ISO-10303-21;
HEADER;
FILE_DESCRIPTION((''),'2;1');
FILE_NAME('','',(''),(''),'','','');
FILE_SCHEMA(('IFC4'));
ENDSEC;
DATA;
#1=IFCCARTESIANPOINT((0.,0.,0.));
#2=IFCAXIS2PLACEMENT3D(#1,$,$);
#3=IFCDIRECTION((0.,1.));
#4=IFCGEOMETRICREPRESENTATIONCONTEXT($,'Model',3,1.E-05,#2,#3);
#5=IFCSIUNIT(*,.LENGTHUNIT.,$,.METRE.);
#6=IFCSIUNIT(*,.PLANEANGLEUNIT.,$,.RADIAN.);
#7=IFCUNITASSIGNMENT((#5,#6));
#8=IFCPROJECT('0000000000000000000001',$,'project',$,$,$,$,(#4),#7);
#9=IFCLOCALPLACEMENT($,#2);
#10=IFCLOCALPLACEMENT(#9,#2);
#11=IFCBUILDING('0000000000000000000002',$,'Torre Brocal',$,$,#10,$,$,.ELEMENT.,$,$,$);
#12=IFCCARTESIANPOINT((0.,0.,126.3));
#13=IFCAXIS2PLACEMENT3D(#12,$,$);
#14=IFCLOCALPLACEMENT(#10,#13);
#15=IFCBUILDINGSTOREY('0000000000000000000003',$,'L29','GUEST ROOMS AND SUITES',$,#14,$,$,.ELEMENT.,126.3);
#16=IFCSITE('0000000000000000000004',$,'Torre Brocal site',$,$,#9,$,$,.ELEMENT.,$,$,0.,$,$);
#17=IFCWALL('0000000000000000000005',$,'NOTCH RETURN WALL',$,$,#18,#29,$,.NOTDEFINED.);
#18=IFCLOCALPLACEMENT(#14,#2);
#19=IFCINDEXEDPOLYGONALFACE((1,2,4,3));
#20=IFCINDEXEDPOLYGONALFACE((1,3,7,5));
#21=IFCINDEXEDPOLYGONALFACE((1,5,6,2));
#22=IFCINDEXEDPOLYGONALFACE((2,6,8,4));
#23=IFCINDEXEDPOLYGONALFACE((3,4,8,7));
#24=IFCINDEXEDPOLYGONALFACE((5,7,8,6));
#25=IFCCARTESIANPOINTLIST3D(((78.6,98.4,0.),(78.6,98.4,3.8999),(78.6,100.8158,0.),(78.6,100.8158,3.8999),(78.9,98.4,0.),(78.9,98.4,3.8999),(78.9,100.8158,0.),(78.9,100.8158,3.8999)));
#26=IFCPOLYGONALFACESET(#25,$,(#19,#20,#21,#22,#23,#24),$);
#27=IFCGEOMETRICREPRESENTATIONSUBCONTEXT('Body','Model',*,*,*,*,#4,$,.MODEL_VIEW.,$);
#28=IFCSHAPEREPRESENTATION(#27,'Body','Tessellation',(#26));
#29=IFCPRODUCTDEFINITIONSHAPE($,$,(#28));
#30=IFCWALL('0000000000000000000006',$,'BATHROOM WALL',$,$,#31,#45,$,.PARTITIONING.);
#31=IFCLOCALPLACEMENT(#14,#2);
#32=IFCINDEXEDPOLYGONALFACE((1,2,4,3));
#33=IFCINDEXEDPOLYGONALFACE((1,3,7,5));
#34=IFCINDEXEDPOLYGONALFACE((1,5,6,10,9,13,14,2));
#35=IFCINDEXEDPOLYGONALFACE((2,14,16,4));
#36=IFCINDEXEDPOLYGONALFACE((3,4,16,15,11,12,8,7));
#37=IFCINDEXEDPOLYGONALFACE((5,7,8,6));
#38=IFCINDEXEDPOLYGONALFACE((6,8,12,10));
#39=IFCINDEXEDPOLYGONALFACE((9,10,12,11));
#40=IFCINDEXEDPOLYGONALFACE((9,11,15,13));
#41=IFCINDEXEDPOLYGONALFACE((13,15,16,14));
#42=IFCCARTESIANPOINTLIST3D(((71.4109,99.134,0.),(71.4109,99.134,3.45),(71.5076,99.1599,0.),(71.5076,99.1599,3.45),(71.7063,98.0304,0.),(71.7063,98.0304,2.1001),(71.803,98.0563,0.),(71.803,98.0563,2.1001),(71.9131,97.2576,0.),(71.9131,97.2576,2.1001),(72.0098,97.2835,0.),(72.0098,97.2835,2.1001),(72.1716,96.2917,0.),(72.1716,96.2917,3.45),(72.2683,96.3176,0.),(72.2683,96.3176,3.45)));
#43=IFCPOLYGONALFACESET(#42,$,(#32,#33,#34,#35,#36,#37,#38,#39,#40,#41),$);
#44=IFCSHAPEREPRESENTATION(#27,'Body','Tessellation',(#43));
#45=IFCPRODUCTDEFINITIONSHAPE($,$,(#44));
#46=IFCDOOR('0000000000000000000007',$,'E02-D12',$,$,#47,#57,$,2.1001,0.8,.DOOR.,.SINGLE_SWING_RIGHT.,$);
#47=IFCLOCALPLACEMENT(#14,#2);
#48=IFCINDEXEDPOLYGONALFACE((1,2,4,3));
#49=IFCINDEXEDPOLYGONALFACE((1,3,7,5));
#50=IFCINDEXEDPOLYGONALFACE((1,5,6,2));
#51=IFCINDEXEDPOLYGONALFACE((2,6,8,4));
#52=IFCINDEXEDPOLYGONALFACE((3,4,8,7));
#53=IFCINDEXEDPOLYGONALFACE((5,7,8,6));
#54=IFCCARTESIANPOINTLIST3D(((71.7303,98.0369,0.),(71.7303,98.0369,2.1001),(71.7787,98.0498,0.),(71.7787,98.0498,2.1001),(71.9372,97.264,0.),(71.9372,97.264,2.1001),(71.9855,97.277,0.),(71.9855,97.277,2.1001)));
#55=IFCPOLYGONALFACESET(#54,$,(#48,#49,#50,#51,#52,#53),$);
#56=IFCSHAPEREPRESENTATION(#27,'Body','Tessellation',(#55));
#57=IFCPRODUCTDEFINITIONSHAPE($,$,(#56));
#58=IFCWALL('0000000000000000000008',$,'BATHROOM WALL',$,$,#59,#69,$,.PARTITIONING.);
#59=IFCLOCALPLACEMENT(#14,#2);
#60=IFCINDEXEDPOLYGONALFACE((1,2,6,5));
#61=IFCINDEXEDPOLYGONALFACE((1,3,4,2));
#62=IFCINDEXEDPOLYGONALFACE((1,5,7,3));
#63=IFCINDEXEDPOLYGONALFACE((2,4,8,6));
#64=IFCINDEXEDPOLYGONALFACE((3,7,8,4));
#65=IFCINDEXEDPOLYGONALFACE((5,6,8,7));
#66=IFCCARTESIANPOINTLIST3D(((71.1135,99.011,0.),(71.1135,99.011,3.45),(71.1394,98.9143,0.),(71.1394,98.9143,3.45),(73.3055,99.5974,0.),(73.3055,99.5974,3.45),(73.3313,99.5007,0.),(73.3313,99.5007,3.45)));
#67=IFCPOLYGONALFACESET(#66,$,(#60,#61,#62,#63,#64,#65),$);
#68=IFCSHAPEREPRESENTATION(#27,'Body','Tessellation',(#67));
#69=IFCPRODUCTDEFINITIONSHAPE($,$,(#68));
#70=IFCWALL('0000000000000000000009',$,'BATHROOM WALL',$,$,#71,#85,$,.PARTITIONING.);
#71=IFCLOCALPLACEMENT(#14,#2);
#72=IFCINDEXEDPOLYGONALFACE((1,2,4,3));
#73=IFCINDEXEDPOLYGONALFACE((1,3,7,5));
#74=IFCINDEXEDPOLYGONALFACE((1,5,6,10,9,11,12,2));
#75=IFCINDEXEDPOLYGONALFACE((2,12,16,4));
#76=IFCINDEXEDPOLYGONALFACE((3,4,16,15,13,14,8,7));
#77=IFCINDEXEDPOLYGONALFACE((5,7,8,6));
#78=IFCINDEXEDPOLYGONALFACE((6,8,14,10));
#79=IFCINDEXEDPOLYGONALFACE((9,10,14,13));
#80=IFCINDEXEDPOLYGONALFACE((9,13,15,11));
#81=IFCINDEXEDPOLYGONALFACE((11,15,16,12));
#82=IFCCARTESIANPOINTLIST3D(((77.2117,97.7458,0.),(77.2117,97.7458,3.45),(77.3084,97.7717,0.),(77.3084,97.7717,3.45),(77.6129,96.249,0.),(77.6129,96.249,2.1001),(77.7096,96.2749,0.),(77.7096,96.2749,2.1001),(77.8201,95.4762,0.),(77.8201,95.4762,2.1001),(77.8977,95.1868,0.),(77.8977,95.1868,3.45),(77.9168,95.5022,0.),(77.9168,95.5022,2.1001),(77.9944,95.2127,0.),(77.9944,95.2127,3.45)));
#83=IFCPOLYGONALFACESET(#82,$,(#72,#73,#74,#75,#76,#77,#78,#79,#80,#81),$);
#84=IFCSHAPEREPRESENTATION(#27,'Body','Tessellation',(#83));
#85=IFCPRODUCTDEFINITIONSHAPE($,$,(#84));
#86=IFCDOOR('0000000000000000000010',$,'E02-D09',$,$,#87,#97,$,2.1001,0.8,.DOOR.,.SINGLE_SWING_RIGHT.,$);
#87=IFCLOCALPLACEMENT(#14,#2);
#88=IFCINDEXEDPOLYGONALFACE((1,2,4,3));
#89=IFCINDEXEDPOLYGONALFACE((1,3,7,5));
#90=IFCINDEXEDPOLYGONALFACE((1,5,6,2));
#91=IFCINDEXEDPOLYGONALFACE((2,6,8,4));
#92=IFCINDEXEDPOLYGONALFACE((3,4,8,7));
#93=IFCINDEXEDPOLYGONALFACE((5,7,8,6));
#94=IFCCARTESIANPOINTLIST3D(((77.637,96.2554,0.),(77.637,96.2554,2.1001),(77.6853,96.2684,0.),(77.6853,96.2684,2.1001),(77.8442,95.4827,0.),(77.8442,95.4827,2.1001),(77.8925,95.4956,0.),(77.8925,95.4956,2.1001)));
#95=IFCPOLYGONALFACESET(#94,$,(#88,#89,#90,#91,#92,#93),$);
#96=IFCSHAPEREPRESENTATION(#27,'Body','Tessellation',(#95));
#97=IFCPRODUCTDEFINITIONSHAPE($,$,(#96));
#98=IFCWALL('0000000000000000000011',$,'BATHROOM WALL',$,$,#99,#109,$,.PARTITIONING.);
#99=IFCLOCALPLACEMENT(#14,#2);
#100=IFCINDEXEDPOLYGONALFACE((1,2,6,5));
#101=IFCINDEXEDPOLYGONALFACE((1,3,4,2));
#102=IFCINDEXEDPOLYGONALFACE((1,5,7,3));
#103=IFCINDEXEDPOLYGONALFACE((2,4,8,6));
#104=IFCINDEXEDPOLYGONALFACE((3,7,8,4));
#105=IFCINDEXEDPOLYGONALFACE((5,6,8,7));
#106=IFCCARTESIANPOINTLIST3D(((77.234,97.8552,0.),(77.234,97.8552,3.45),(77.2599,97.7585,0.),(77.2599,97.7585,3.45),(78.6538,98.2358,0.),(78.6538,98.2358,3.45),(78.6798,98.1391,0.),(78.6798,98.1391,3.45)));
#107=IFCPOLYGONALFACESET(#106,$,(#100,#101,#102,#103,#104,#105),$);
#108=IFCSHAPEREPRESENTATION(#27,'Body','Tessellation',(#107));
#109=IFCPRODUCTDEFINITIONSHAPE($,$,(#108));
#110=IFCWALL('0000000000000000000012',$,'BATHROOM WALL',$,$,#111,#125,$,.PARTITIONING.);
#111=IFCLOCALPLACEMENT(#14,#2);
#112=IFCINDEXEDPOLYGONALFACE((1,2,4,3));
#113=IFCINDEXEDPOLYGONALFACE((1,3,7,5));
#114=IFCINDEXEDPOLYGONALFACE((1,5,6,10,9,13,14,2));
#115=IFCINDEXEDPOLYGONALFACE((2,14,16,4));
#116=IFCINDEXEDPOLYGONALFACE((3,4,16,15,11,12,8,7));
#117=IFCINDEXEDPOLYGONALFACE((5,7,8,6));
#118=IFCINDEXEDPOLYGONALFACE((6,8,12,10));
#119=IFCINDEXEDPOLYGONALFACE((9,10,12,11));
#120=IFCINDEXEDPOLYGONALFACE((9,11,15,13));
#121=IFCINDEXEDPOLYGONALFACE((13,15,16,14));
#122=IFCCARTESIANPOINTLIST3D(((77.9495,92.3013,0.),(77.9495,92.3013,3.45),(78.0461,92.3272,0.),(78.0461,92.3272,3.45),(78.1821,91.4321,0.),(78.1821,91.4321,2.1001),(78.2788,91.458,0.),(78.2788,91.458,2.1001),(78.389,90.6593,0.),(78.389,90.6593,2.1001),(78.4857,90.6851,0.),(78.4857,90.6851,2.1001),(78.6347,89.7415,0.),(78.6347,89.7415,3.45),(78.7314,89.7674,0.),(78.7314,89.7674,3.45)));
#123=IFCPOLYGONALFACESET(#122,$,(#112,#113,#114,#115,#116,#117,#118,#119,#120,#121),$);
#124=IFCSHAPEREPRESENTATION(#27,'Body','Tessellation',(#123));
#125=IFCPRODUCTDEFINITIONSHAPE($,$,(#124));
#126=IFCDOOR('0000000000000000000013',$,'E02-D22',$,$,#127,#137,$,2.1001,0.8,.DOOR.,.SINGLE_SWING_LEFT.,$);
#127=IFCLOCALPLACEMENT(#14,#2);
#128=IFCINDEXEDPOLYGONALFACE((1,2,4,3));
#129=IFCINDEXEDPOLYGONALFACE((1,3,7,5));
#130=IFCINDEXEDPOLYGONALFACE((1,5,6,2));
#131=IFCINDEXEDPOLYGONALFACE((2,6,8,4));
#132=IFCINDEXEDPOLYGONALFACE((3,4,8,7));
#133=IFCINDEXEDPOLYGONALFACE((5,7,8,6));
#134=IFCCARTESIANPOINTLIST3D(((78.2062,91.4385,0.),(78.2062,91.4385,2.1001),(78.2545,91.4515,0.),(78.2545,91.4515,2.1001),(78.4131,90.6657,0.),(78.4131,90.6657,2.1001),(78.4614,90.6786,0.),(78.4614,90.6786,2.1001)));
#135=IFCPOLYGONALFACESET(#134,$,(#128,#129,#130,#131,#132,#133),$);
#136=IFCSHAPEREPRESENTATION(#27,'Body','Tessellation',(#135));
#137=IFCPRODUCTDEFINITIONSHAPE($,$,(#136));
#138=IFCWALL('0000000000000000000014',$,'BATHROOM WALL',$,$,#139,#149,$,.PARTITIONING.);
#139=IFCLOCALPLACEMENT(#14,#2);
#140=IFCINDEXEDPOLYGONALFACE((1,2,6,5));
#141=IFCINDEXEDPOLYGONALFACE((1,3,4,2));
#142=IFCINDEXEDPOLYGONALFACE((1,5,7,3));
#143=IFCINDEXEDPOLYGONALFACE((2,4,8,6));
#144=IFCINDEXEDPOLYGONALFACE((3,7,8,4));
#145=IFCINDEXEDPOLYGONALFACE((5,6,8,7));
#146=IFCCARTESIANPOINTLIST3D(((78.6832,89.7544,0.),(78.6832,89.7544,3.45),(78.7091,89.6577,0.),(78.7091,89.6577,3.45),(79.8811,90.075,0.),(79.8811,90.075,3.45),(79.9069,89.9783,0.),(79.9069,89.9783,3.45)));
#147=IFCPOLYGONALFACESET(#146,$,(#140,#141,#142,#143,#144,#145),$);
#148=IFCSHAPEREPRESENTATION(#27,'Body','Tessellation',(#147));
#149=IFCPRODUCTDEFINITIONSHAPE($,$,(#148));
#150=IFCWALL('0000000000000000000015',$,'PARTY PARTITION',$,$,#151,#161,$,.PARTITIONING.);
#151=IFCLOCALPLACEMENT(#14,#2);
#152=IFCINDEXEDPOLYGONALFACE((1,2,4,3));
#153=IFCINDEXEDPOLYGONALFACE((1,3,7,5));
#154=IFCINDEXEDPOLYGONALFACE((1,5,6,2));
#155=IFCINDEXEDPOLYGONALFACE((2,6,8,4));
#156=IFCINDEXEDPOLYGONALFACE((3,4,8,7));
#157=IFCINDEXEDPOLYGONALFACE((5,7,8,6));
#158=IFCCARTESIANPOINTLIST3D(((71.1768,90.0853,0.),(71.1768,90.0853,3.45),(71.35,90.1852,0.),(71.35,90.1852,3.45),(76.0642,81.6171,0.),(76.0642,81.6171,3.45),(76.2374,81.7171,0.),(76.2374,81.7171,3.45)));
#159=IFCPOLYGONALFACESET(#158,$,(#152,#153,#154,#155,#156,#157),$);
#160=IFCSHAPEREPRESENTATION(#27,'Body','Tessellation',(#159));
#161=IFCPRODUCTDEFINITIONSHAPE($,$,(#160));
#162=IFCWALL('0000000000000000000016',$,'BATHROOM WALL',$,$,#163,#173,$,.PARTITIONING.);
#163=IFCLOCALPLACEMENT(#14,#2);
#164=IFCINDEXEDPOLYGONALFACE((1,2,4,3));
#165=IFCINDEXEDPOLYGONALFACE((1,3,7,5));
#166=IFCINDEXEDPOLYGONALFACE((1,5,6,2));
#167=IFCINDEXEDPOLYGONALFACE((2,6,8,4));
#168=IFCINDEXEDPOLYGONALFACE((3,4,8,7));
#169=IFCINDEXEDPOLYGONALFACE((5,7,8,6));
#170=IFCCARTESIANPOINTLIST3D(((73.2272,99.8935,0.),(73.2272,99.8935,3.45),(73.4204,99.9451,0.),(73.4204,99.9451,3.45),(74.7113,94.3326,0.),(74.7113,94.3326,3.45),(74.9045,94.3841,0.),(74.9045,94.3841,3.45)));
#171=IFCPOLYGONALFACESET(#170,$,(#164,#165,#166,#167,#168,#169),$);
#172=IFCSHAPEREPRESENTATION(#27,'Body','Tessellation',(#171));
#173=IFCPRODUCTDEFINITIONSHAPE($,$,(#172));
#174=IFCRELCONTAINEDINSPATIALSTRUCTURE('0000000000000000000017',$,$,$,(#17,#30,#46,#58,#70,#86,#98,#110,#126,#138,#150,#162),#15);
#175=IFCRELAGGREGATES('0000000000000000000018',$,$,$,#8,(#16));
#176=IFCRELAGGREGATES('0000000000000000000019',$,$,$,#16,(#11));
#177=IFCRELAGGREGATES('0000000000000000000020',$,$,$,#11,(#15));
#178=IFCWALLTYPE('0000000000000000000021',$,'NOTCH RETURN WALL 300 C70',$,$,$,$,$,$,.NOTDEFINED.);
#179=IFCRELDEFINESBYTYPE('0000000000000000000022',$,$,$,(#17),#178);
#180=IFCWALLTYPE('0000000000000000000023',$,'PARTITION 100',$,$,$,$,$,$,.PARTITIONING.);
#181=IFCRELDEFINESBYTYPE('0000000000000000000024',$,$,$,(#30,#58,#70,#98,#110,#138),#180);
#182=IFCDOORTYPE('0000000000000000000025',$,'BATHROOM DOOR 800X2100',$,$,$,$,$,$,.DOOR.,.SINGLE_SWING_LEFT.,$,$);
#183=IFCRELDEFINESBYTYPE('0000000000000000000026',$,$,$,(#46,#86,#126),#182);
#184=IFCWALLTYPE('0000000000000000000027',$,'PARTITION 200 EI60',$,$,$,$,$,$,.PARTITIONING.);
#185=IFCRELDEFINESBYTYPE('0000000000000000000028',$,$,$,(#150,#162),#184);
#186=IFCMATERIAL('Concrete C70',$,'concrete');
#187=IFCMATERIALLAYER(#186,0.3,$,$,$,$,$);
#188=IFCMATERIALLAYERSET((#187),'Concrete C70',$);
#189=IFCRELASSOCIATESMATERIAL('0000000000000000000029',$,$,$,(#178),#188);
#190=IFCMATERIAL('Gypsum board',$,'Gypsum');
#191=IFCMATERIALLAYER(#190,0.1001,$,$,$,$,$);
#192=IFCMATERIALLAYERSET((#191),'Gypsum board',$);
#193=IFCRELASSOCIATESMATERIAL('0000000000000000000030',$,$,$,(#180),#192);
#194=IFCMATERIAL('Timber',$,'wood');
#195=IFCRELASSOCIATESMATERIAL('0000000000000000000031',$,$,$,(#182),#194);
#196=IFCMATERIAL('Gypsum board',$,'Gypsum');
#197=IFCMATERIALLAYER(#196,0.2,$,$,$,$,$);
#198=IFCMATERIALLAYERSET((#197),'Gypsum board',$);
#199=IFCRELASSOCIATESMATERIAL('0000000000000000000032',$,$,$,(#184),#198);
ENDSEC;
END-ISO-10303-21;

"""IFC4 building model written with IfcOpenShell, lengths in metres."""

from ifc_helpers import new_model, si_unit, direction, frame, frame_2d, origin, place, context, subcontext, project, spatial, rectangle, extrude, material, layer, layer_set, type_object, element, fill, save


model = new_model("IFC4")

# Units and contexts
model_context = context("Model", 3, precision=1e-05, world=origin(), true_north=direction((0.0, 1.0)))
body_context = subcontext(model_context, "Body", "Model", "MODEL_VIEW")
ifc_project = project(units=[si_unit("LENGTHUNIT", "METRE"), si_unit("PLANEANGLEUNIT", "RADIAN")], contexts=[model_context])

# Site, building, storey
site_placement = place(None, origin())
site = spatial("IfcSite", under=ifc_project, at=site_placement, Name="Torre Brocal site", CompositionType="ELEMENT", RefElevation=0.0)
building_placement = place(site_placement, origin())
building = spatial("IfcBuilding", under=site, at=building_placement, Name="Torre Brocal", CompositionType="ELEMENT")
storey_placement = place(building_placement, frame((0.0, 0.0, 126.3)))
storey = spatial("IfcBuildingStorey", under=building, at=storey_placement, Name="L29", Description="GUEST ROOMS AND SUITES", CompositionType="ELEMENT", Elevation=126.3)

# Wall
ifc_material_1 = material(Name="Concrete C70", Category="concrete")
ifc_layer_1 = layer(ifc_material_1, 0.3)
ifc_layer_set_1 = layer_set([ifc_layer_1], Name="Concrete C70")
wall_type_1 = type_object("IfcWallType", Name="NOTCH RETURN WALL 300 C70", PredefinedType="NOTDEFINED", material=ifc_layer_set_1)
wall_1_placement = place(storey_placement, frame((78.75, 98.3999, 0.0), z_axis=(0.0, 0.0, 1.0), x_axis=(0.0, 1.0, 0.0)))
element("IfcWall", 1, at=wall_1_placement, inside=storey, type_object=wall_type_1, Name="NOTCH RETURN WALL", PredefinedType="NOTDEFINED", context=body_context, shape_type="SweptSolid", body=[
    extrude(rectangle(XDim=2.4158, YDim=0.3, at=frame_2d((1.208, 0.0))), origin(), (0.0, 0.0, 1.0), 3.8999),
])

# Wall, opening, door
ifc_material_2 = material(Name="Gypsum board", Category="Gypsum")
ifc_layer_2 = layer(ifc_material_2, 0.1001)
ifc_layer_set_2 = layer_set([ifc_layer_2], Name="Gypsum board")
wall_type_2 = type_object("IfcWallType", Name="PARTITION 100", PredefinedType="PARTITIONING", material=ifc_layer_set_2)
wall_2_placement = place(storey_placement, frame((71.4592, 99.147, 0.0), z_axis=(0.0, 0.0, 1.0), x_axis=(0.258551, -0.965998, 0.0)))
wall_2 = element("IfcWall", 2, at=wall_2_placement, inside=storey, type_object=wall_type_2, Name="BATHROOM WALL", PredefinedType="PARTITIONING", context=body_context, shape_type="SweptSolid", body=[
    extrude(rectangle(XDim=2.9424, YDim=0.1001, at=frame_2d((1.4712, 0.0))), origin(), (0.0, 0.0, 1.0), 3.45),
])
opening_1_placement = place(wall_2_placement, frame((1.1426, 0.0, 0.0)))
opening_1 = element("IfcOpeningElement", 3, at=opening_1_placement, cuts=wall_2, PredefinedType="OPENING", context=body_context, shape_type="SweptSolid", body=[
    extrude(rectangle(XDim=0.8, YDim=2.1001, at=frame_2d((0.3999, 1.05))), frame((0.0, 0.0601, 0.0), z_axis=(0.0, -1.0, 0.0), x_axis=(1.0, 0.0, 0.0)), (0.0, 0.0, 1.0), 0.1201),
])
ifc_material_3 = material(Name="Timber", Category="wood")
door_type_1 = type_object("IfcDoorType", Name="BATHROOM DOOR 800X2100", OperationType="SINGLE_SWING_LEFT", PredefinedType="DOOR", material=ifc_material_3)
door_1_placement = place(opening_1_placement, origin())
door_1 = element("IfcDoor", 4, at=door_1_placement, inside=storey, type_object=door_type_1, Name="E02-D12", OperationType="SINGLE_SWING_RIGHT", OverallHeight=2.1001, OverallWidth=0.8, PredefinedType="DOOR", context=body_context, shape_type="SweptSolid", body=[
    extrude(rectangle(XDim=0.8, YDim=2.1001, at=frame_2d((0.3999, 1.05))), frame((0.0, 0.0249, 0.0), z_axis=(0.0, -1.0, 0.0), x_axis=(1.0, 0.0, 0.0)), (0.0, 0.0, 1.0), 0.05),
])
fill(opening_1, door_1)

# Wall
wall_3_placement = place(storey_placement, frame((71.1265, 98.9626, 0.0), z_axis=(0.0, 0.0, 1.0), x_axis=(0.966024, 0.258453, 0.0)))
element("IfcWall", 5, at=wall_3_placement, inside=storey, type_object=wall_type_2, Name="BATHROOM WALL", PredefinedType="PARTITIONING", context=body_context, shape_type="SweptSolid", body=[
    extrude(rectangle(XDim=2.269, YDim=0.1001, at=frame_2d((1.1345, 0.0))), origin(), (0.0, 0.0, 1.0), 3.45),
])

# Wall, opening, door
wall_4_placement = place(storey_placement, frame((77.26, 97.7588, 0.0), z_axis=(0.0, 0.0, 1.0), x_axis=(0.258936, -0.965895, 0.0)))
wall_4 = element("IfcWall", 6, at=wall_4_placement, inside=storey, type_object=wall_type_2, Name="BATHROOM WALL", PredefinedType="PARTITIONING", context=body_context, shape_type="SweptSolid", body=[
    extrude(rectangle(XDim=2.6494, YDim=0.1001, at=frame_2d((1.3247, 0.0))), origin(), (0.0, 0.0, 1.0), 3.45),
])
opening_2_placement = place(wall_4_placement, frame((1.5498, 0.0, 0.0)))
opening_2 = element("IfcOpeningElement", 7, at=opening_2_placement, cuts=wall_4, PredefinedType="OPENING", context=body_context, shape_type="SweptSolid", body=[
    extrude(rectangle(XDim=0.8, YDim=2.1001, at=frame_2d((0.3999, 1.05))), frame((0.0, 0.0601, 0.0), z_axis=(0.0, -1.0, 0.0), x_axis=(1.0, 0.0, 0.0)), (0.0, 0.0, 1.0), 0.1201),
])
door_2_placement = place(opening_2_placement, origin())
door_2 = element("IfcDoor", 8, at=door_2_placement, inside=storey, type_object=door_type_1, Name="E02-D09", OperationType="SINGLE_SWING_RIGHT", OverallHeight=2.1001, OverallWidth=0.8, PredefinedType="DOOR", context=body_context, shape_type="SweptSolid", body=[
    extrude(rectangle(XDim=0.8, YDim=2.1001, at=frame_2d((0.3999, 1.05))), frame((0.0, 0.0249, 0.0), z_axis=(0.0, -1.0, 0.0), x_axis=(1.0, 0.0, 0.0)), (0.0, 0.0, 1.0), 0.05),
])
fill(opening_2, door_2)

# Wall
wall_5_placement = place(storey_placement, frame((77.2471, 97.8069, 0.0), z_axis=(0.0, 0.0, 1.0), x_axis=(0.965901, 0.258913, 0.0)))
element("IfcWall", 9, at=wall_5_placement, inside=storey, type_object=wall_type_2, Name="BATHROOM WALL", PredefinedType="PARTITIONING", context=body_context, shape_type="SweptSolid", body=[
    extrude(rectangle(XDim=1.47, YDim=0.1001, at=frame_2d((0.7349, 0.0))), origin(), (0.0, 0.0, 1.0), 3.45),
])

# Wall, opening, door
wall_6_placement = place(storey_placement, frame((77.9978, 92.3142, 0.0), z_axis=(0.0, 0.0, 1.0), x_axis=(0.258609, -0.965982, 0.0)))
wall_6 = element("IfcWall", 10, at=wall_6_placement, inside=storey, type_object=wall_type_2, Name="BATHROOM WALL", PredefinedType="PARTITIONING", context=body_context, shape_type="SweptSolid", body=[
    extrude(rectangle(XDim=2.6499, YDim=0.1001, at=frame_2d((1.325, 0.0))), origin(), (0.0, 0.0, 1.0), 3.45),
])
opening_3_placement = place(wall_6_placement, frame((0.8999, 0.0, 0.0)))
opening_3 = element("IfcOpeningElement", 11, at=opening_3_placement, cuts=wall_6, PredefinedType="OPENING", context=body_context, shape_type="SweptSolid", body=[
    extrude(rectangle(XDim=0.8, YDim=2.1001, at=frame_2d((0.3999, 1.05))), frame((0.0, 0.0601, 0.0), z_axis=(0.0, -1.0, 0.0), x_axis=(1.0, 0.0, 0.0)), (0.0, 0.0, 1.0), 0.1201),
])
door_3_placement = place(opening_3_placement, origin())
door_3 = element("IfcDoor", 12, at=door_3_placement, inside=storey, type_object=door_type_1, Name="E02-D22", OperationType="SINGLE_SWING_LEFT", OverallHeight=2.1001, OverallWidth=0.8, PredefinedType="DOOR", context=body_context, shape_type="SweptSolid", body=[
    extrude(rectangle(XDim=0.8, YDim=2.1001, at=frame_2d((0.3999, 1.05))), frame((0.0, 0.0249, 0.0), z_axis=(0.0, -1.0, 0.0), x_axis=(1.0, 0.0, 0.0)), (0.0, 0.0, 1.0), 0.05),
])
fill(opening_3, door_3)

# Walls
wall_7_placement = place(storey_placement, frame((78.696, 89.7061, 0.0), z_axis=(0.0, 0.0, 1.0), x_axis=(0.966003, 0.258533, 0.0)))
element("IfcWall", 13, at=wall_7_placement, inside=storey, type_object=wall_type_2, Name="BATHROOM WALL", PredefinedType="PARTITIONING", context=body_context, shape_type="SweptSolid", body=[
    extrude(rectangle(XDim=1.24, YDim=0.1001, at=frame_2d((0.6201, 0.0))), origin(), (0.0, 0.0, 1.0), 3.45),
])
ifc_material_4 = material(Name="Gypsum board", Category="Gypsum")
ifc_layer_3 = layer(ifc_material_4, 0.2)
ifc_layer_set_3 = layer_set([ifc_layer_3], Name="Gypsum board")
wall_type_3 = type_object("IfcWallType", Name="PARTITION 200 EI60", PredefinedType="PARTITIONING", material=ifc_layer_set_3)
wall_8_placement = place(storey_placement, frame((71.2634, 90.1353, 0.0), z_axis=(0.0, 0.0, 1.0), x_axis=(0.499869, -0.866101, 0.0)))
element("IfcWall", 14, at=wall_8_placement, inside=storey, type_object=wall_type_3, Name="PARTY PARTITION", PredefinedType="PARTITIONING", context=body_context, shape_type="SweptSolid", body=[
    extrude(rectangle(XDim=9.7773, YDim=0.2, at=frame_2d((4.8887, 0.0))), origin(), (0.0, 0.0, 1.0), 3.45),
])
wall_9_placement = place(storey_placement, frame((73.3237, 99.9194, 0.0), z_axis=(0.0, 0.0, 1.0), x_axis=(0.257855, -0.966184, 0.0)))
element("IfcWall", 15, at=wall_9_placement, inside=storey, type_object=wall_type_3, Name="BATHROOM WALL", PredefinedType="PARTITIONING", context=body_context, shape_type="SweptSolid", body=[
    extrude(rectangle(XDim=5.7556, YDim=0.2, at=frame_2d((2.8779, 0.0))), origin(), (0.0, 0.0, 1.0), 3.45),
])

save(model, "model.ifc")
